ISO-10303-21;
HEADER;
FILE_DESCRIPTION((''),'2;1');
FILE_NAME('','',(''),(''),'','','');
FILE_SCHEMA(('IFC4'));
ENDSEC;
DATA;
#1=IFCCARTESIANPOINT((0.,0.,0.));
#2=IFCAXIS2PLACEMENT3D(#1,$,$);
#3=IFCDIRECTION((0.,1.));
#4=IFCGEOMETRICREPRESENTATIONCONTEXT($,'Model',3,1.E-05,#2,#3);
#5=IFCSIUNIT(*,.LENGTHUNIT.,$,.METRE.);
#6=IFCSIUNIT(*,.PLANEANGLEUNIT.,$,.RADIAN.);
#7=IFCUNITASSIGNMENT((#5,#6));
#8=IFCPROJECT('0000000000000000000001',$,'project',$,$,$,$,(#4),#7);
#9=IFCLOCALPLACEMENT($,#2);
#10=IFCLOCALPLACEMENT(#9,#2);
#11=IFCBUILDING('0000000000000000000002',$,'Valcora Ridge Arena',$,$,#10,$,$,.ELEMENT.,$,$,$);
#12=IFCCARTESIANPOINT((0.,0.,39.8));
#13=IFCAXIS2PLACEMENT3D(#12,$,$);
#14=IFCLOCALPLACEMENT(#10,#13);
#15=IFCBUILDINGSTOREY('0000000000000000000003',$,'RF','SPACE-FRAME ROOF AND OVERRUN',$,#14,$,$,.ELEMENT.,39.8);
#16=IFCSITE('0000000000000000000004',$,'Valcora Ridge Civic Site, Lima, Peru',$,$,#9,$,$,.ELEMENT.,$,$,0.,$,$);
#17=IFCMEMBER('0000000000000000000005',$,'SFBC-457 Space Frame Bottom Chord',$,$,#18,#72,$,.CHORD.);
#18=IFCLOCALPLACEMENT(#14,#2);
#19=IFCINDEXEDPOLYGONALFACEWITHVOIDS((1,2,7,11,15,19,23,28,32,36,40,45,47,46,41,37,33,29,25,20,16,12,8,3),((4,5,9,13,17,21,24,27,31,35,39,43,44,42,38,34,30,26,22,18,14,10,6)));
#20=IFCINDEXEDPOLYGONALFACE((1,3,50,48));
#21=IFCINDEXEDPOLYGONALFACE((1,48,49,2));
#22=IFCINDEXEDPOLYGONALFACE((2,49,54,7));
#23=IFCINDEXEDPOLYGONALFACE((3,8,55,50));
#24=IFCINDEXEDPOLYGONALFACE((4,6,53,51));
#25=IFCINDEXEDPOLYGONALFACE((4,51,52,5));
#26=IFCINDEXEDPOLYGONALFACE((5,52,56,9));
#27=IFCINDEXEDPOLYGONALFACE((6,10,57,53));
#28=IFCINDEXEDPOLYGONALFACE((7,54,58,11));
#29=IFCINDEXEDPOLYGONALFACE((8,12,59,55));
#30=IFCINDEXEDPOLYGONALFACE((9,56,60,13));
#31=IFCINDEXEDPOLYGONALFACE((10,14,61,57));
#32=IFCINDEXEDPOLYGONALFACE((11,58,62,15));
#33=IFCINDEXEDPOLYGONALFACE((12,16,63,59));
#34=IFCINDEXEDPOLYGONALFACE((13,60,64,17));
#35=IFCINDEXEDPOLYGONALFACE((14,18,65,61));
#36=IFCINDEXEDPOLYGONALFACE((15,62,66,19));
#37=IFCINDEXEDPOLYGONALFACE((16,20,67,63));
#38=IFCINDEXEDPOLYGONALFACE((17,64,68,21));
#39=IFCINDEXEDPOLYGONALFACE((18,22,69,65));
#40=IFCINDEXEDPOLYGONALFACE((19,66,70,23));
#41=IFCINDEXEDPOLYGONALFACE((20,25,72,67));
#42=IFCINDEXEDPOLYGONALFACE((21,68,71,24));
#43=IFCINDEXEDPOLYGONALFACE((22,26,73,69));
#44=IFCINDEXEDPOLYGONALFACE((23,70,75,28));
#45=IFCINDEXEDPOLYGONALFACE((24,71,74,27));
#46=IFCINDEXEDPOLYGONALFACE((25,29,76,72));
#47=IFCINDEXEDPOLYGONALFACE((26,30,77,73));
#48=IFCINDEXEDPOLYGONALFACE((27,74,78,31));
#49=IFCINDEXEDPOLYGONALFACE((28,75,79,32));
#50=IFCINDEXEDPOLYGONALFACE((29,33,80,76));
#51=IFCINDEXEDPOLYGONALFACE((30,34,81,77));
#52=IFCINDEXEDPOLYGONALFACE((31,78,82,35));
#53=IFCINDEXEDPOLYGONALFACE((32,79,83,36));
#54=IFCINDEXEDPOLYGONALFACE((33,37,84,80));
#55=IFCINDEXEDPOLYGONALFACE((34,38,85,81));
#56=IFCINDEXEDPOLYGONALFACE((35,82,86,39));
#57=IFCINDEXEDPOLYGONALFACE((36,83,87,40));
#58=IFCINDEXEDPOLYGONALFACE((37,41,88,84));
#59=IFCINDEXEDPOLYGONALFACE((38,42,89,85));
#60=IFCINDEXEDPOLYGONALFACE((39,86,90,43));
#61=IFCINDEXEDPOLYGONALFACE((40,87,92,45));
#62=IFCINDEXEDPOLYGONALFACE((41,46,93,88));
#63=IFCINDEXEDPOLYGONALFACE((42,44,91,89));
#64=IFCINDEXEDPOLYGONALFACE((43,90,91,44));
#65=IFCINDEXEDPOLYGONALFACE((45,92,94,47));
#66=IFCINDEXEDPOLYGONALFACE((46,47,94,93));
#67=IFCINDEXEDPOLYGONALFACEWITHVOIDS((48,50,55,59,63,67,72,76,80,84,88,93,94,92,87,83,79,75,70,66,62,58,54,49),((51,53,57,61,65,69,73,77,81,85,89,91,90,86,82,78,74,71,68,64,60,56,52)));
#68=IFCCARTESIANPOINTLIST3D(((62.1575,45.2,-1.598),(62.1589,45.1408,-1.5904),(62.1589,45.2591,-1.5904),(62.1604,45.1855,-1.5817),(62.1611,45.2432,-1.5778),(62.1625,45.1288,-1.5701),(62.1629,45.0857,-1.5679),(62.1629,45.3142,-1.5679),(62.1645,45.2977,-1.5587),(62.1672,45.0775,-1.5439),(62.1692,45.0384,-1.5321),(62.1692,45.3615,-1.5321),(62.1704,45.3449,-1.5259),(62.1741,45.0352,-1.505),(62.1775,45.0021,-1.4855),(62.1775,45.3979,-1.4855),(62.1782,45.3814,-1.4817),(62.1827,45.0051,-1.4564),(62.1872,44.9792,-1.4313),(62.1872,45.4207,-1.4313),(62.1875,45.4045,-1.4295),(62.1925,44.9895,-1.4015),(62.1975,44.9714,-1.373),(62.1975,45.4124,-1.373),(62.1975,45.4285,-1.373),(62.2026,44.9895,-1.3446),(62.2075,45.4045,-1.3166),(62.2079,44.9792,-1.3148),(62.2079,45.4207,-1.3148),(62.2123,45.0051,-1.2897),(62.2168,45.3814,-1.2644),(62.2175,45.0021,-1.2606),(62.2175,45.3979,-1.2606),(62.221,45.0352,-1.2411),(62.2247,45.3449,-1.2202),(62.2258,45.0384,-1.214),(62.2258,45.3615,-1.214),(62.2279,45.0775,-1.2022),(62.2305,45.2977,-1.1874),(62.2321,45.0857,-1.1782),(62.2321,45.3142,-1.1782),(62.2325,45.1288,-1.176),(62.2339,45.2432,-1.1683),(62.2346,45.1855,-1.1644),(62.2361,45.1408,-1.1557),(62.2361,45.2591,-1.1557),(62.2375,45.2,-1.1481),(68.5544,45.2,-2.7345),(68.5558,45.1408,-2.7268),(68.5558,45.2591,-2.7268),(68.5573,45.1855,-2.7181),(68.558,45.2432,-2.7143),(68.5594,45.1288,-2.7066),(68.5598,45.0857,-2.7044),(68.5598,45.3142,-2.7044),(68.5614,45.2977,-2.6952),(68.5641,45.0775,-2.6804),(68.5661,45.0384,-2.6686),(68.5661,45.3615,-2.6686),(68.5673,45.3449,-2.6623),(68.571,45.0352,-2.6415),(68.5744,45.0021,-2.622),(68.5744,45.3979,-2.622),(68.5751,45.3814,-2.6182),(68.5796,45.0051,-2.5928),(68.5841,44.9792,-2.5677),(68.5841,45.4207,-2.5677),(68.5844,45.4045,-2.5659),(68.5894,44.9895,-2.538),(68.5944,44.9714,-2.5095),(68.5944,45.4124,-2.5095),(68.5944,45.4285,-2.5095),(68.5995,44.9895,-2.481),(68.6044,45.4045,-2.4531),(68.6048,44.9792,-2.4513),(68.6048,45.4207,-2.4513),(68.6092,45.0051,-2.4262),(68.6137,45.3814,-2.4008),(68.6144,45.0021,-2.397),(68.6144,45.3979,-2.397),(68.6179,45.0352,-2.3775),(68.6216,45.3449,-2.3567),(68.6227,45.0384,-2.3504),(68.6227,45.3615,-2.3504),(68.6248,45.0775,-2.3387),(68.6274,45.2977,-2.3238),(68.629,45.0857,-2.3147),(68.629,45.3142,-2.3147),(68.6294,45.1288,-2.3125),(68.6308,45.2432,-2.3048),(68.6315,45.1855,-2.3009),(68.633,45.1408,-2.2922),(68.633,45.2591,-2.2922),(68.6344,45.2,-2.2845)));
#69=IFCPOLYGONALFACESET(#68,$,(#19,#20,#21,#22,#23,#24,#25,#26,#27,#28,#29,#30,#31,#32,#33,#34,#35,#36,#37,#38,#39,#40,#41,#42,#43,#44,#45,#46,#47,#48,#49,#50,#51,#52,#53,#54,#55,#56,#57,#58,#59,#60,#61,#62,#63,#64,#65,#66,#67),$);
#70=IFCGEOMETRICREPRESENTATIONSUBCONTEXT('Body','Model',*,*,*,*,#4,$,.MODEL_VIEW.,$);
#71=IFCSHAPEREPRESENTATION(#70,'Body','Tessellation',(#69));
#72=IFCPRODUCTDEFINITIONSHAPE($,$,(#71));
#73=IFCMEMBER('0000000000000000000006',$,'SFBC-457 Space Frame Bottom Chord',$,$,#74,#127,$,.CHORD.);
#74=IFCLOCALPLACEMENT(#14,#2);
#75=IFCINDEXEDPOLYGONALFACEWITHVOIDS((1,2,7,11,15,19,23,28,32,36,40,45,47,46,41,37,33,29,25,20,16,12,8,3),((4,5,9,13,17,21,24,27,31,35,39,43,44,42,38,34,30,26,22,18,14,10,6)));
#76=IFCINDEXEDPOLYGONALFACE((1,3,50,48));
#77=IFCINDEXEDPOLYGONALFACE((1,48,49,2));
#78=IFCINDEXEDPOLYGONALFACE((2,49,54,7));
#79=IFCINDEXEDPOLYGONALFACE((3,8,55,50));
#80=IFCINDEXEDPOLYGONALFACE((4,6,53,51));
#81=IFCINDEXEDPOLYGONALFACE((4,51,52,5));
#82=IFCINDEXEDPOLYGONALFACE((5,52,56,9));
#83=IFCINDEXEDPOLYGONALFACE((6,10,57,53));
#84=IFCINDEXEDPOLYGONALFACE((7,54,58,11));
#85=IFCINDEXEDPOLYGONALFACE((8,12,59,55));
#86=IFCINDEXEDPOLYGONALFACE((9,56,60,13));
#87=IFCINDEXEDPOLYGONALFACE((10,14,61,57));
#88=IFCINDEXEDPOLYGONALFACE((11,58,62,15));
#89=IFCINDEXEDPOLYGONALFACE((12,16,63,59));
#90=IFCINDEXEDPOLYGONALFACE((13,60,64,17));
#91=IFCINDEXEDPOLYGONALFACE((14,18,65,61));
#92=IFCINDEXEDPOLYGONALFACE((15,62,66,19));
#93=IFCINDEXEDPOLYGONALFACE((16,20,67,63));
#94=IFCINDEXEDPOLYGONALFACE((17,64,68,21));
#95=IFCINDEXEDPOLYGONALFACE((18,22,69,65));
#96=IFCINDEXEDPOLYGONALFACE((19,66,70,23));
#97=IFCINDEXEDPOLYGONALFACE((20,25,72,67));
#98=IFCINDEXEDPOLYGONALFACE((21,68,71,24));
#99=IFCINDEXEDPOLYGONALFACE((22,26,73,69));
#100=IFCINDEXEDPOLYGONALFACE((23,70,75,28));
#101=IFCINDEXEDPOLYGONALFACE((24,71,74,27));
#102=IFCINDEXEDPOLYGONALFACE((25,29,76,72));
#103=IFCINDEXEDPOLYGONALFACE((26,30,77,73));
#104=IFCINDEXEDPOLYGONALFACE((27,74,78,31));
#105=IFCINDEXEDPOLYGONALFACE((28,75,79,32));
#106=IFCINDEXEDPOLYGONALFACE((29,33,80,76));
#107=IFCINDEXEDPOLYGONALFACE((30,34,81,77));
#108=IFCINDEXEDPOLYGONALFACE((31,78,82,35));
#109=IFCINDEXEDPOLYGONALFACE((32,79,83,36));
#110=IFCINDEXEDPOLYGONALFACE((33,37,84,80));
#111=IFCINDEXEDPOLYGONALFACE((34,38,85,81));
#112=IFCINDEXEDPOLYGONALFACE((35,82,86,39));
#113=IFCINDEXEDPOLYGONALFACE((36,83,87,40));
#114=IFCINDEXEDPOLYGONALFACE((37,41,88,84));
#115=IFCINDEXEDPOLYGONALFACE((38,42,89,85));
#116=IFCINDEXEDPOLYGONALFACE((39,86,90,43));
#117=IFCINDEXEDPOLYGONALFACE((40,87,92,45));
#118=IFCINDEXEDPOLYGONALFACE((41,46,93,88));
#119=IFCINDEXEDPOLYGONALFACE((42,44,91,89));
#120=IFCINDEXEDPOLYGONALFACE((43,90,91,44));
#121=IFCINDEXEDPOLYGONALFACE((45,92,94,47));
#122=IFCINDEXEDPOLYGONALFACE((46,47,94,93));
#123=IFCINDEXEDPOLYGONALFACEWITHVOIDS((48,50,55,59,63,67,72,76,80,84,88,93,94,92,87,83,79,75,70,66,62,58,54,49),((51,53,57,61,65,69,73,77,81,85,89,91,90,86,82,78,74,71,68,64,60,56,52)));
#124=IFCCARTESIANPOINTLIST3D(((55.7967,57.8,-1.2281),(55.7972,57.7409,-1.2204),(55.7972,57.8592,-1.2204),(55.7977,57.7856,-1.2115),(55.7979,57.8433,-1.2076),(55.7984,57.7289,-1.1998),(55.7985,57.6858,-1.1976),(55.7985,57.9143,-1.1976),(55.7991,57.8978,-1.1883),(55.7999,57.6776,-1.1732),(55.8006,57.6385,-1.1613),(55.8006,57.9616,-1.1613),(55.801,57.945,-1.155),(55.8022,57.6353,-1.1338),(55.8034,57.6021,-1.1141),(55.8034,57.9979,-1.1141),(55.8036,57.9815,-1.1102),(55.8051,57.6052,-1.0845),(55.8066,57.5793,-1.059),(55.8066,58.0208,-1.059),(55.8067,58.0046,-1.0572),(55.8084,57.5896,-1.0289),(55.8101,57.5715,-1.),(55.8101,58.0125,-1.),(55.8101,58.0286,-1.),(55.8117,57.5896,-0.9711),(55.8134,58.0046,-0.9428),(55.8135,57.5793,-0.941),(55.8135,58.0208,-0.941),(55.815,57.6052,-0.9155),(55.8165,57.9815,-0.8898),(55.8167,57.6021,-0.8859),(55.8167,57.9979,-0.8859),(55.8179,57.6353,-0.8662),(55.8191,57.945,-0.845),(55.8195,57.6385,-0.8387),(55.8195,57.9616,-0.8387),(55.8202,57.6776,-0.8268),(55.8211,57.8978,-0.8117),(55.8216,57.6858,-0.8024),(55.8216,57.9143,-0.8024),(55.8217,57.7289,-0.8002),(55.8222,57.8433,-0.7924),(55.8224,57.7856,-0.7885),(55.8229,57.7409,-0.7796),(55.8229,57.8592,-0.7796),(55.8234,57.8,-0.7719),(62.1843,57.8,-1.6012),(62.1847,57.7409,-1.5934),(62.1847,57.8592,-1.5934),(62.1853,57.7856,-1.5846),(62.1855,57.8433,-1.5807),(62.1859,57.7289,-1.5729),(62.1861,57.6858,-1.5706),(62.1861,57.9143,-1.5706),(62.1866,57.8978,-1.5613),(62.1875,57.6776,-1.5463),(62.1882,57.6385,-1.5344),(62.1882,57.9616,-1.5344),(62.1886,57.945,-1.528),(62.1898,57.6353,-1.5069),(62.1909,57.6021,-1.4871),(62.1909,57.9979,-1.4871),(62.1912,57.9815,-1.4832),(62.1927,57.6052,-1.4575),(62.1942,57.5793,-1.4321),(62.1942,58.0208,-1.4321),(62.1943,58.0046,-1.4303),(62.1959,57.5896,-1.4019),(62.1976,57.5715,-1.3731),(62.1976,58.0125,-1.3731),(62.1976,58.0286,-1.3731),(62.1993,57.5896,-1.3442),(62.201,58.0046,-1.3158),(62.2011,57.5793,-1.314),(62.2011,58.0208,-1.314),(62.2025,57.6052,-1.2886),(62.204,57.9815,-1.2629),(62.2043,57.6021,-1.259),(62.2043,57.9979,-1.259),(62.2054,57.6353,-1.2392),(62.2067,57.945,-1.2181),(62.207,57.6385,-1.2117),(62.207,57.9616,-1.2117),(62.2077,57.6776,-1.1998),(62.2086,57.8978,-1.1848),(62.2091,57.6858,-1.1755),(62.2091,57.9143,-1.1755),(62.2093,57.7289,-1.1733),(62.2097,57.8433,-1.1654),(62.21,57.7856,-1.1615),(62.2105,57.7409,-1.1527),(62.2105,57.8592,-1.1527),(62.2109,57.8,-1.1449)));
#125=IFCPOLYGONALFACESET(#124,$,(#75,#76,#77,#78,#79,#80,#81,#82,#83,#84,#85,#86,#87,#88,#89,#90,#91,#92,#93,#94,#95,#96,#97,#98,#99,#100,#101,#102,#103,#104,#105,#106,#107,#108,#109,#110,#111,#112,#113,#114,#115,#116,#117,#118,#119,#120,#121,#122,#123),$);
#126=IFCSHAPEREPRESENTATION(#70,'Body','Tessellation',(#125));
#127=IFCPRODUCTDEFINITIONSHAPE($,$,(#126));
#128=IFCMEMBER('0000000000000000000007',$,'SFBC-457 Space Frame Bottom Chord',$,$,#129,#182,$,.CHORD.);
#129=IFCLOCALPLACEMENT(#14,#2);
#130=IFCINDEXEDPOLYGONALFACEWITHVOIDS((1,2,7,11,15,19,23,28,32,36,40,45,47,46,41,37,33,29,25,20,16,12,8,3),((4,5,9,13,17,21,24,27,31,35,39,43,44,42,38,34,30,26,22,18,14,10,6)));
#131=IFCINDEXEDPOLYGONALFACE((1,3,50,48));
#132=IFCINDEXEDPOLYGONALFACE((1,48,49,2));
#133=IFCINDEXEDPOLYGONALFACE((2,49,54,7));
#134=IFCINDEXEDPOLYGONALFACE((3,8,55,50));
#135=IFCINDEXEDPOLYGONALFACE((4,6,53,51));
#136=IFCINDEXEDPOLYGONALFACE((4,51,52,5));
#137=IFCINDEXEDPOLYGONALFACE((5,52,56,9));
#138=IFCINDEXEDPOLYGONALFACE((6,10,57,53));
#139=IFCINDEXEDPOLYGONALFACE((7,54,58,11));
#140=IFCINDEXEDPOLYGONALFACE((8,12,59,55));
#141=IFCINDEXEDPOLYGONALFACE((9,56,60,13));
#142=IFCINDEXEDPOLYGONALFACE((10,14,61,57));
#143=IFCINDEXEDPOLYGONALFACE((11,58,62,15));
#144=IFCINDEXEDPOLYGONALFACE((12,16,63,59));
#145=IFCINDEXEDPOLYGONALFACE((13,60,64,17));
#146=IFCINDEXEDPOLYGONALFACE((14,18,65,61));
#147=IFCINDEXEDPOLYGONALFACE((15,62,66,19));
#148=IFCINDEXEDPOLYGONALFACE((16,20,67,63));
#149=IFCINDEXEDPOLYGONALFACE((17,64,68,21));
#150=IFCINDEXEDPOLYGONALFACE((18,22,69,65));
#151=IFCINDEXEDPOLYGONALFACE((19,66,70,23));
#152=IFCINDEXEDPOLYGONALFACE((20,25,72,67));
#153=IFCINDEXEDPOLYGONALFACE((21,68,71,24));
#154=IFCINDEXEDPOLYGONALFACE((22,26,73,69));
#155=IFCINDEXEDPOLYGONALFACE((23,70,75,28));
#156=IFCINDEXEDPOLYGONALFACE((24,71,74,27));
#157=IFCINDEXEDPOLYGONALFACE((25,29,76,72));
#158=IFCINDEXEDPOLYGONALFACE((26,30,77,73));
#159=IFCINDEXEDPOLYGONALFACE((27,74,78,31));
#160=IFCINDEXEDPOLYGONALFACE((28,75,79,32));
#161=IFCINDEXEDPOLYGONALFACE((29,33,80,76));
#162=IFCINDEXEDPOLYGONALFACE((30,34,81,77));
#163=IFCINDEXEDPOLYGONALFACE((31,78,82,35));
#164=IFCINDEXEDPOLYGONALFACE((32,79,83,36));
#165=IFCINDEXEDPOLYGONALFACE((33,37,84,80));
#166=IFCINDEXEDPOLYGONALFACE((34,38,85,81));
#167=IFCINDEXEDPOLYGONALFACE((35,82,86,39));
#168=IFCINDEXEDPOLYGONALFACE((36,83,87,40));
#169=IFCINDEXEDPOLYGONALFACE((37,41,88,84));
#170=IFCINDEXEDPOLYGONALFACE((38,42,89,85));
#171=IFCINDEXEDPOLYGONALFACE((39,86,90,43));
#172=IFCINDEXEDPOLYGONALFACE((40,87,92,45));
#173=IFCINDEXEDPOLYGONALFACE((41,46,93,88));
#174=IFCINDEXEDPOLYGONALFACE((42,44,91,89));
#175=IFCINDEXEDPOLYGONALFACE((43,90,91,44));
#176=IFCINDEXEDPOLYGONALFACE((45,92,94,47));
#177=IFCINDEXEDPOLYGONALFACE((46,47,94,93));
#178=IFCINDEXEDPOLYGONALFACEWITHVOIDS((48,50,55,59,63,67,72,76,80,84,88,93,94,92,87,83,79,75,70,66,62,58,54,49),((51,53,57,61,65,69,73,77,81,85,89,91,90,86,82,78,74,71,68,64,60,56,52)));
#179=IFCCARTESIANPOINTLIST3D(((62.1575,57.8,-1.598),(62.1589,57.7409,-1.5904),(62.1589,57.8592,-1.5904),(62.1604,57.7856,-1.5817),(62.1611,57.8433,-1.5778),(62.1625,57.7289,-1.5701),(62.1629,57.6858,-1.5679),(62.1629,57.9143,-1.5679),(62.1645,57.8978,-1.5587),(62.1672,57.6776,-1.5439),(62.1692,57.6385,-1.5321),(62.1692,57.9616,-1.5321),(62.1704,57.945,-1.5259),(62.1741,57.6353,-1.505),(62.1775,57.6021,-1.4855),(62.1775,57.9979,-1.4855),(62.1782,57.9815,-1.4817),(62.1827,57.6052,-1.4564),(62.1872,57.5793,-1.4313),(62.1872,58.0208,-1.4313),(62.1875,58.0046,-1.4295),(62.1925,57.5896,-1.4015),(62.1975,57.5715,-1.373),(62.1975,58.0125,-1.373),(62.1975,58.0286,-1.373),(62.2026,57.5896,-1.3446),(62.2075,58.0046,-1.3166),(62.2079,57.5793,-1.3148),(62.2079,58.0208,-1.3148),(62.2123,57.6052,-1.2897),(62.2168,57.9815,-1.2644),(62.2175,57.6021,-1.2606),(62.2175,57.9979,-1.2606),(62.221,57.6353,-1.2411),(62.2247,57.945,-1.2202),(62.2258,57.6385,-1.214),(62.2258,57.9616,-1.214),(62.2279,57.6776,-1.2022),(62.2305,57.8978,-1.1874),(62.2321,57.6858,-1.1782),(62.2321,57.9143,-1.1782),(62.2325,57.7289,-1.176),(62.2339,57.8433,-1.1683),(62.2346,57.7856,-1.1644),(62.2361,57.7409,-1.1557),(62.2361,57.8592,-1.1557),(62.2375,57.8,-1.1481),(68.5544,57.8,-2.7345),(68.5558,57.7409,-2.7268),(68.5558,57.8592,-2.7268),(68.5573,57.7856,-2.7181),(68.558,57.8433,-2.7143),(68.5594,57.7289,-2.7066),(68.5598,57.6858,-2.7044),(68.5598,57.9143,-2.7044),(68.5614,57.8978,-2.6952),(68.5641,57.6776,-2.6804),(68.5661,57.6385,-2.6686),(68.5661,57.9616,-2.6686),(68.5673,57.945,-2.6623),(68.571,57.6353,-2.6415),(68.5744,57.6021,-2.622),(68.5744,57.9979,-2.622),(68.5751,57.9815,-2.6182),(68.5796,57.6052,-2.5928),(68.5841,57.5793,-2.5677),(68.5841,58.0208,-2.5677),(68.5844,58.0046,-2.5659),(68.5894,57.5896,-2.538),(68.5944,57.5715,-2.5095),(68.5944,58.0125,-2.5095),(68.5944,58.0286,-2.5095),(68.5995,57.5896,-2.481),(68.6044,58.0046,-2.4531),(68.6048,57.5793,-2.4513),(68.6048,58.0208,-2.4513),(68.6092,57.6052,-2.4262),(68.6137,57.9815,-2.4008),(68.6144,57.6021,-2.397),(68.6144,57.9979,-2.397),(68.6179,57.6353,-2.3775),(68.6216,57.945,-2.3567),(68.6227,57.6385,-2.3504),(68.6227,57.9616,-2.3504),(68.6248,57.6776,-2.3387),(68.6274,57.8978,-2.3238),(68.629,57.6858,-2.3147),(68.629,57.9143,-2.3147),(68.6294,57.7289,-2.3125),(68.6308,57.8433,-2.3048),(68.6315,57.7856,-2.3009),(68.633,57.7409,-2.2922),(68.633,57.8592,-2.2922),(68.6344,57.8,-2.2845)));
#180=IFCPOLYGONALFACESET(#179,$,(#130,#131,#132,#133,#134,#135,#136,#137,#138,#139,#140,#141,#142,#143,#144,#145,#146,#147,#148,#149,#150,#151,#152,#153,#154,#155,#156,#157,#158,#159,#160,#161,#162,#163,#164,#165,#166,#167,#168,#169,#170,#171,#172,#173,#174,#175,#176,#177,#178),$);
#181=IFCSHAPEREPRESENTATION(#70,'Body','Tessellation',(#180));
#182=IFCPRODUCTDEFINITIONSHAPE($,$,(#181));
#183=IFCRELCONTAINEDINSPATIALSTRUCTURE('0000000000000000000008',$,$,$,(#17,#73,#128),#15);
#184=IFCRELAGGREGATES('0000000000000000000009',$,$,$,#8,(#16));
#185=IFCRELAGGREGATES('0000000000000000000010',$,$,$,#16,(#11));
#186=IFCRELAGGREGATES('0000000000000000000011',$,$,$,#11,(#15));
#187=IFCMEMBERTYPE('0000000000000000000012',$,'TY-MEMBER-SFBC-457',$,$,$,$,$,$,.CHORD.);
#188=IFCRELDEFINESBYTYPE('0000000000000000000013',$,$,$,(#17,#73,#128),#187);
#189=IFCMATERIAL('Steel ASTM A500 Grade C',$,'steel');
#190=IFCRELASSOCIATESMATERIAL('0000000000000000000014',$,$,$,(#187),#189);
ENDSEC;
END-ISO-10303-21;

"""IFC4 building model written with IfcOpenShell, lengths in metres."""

from ifc_helpers import new_model, si_unit, direction, frame, origin, origin_2d, place, context, subcontext, project, spatial, hollow_circle, extrude, material, material_profile, profile_set, type_object, element, save


model = new_model("IFC4")

# Units and contexts
model_context = context("Model", 3, precision=1e-05, world=origin(), true_north=direction((0.0, 1.0)))
body_context = subcontext(model_context, "Body", "Model", "MODEL_VIEW")
ifc_project = project(units=[si_unit("LENGTHUNIT", "METRE"), si_unit("PLANEANGLEUNIT", "RADIAN")], contexts=[model_context])

# Site, building, storey
site_placement = place(None, origin())
site = spatial("IfcSite", under=ifc_project, at=site_placement, Name="Valcora Ridge Civic Site, Lima, Peru", CompositionType="ELEMENT", RefElevation=0.0)
building_placement = place(site_placement, origin())
building = spatial("IfcBuilding", under=site, at=building_placement, Name="Valcora Ridge Arena", CompositionType="ELEMENT")
storey_placement = place(building_placement, frame((0.0, 0.0, 39.8)))
storey = spatial("IfcBuildingStorey", under=building, at=storey_placement, Name="RF", Description="SPACE-FRAME ROOF AND OVERRUN", CompositionType="ELEMENT", Elevation=39.8)

# Members
ifc_material_1 = material(Name="Steel ASTM A500 Grade C", Category="steel")
ifc_material_profile_1 = material_profile(ifc_material_1, hollow_circle(Radius=0.2285, WallThickness=0.0161, at=origin_2d()), Name="CHS457X16")
ifc_profile_set_1 = profile_set([ifc_material_profile_1], Name="Steel ASTM A500 Grade C")
member_type_1 = type_object("IfcMemberType", Name="TY-MEMBER-SFBC-457", PredefinedType="CHORD", material=ifc_profile_set_1)
member_1_placement = place(storey_placement, frame((62.1975, 45.2, -1.373), z_axis=(0.984583, 0.0, -0.174919), x_axis=(0.0, 1.0, 0.0)))
element("IfcMember", 1, at=member_1_placement, inside=storey, type_object=member_type_1, Name="SFBC-457 Space Frame Bottom Chord", PredefinedType="CHORD", context=body_context, shape_type="SweptSolid", body=[
    extrude(hollow_circle(Radius=0.2285, WallThickness=0.0161, at=origin_2d()), origin(), (0.0, 0.0, 1.0), 6.4971),
])
member_2_placement = place(storey_placement, frame((55.8101, 57.8, -1.0), z_axis=(0.998299, 0.0, -0.058304), x_axis=(0.0, 1.0, 0.0)))
element("IfcMember", 2, at=member_2_placement, inside=storey, type_object=member_type_1, Name="SFBC-457 Space Frame Bottom Chord", PredefinedType="CHORD", context=body_context, shape_type="SweptSolid", body=[
    extrude(hollow_circle(Radius=0.2285, WallThickness=0.0161, at=origin_2d()), origin(), (0.0, 0.0, 1.0), 6.3984),
])
member_3_placement = place(storey_placement, frame((62.1975, 57.8, -1.373), z_axis=(0.984583, 0.0, -0.174919), x_axis=(0.0, 1.0, 0.0)))
element("IfcMember", 3, at=member_3_placement, inside=storey, type_object=member_type_1, Name="SFBC-457 Space Frame Bottom Chord", PredefinedType="CHORD", context=body_context, shape_type="SweptSolid", body=[
    extrude(hollow_circle(Radius=0.2285, WallThickness=0.0161, at=origin_2d()), origin(), (0.0, 0.0, 1.0), 6.4971),
])

save(model, "model.ifc")
